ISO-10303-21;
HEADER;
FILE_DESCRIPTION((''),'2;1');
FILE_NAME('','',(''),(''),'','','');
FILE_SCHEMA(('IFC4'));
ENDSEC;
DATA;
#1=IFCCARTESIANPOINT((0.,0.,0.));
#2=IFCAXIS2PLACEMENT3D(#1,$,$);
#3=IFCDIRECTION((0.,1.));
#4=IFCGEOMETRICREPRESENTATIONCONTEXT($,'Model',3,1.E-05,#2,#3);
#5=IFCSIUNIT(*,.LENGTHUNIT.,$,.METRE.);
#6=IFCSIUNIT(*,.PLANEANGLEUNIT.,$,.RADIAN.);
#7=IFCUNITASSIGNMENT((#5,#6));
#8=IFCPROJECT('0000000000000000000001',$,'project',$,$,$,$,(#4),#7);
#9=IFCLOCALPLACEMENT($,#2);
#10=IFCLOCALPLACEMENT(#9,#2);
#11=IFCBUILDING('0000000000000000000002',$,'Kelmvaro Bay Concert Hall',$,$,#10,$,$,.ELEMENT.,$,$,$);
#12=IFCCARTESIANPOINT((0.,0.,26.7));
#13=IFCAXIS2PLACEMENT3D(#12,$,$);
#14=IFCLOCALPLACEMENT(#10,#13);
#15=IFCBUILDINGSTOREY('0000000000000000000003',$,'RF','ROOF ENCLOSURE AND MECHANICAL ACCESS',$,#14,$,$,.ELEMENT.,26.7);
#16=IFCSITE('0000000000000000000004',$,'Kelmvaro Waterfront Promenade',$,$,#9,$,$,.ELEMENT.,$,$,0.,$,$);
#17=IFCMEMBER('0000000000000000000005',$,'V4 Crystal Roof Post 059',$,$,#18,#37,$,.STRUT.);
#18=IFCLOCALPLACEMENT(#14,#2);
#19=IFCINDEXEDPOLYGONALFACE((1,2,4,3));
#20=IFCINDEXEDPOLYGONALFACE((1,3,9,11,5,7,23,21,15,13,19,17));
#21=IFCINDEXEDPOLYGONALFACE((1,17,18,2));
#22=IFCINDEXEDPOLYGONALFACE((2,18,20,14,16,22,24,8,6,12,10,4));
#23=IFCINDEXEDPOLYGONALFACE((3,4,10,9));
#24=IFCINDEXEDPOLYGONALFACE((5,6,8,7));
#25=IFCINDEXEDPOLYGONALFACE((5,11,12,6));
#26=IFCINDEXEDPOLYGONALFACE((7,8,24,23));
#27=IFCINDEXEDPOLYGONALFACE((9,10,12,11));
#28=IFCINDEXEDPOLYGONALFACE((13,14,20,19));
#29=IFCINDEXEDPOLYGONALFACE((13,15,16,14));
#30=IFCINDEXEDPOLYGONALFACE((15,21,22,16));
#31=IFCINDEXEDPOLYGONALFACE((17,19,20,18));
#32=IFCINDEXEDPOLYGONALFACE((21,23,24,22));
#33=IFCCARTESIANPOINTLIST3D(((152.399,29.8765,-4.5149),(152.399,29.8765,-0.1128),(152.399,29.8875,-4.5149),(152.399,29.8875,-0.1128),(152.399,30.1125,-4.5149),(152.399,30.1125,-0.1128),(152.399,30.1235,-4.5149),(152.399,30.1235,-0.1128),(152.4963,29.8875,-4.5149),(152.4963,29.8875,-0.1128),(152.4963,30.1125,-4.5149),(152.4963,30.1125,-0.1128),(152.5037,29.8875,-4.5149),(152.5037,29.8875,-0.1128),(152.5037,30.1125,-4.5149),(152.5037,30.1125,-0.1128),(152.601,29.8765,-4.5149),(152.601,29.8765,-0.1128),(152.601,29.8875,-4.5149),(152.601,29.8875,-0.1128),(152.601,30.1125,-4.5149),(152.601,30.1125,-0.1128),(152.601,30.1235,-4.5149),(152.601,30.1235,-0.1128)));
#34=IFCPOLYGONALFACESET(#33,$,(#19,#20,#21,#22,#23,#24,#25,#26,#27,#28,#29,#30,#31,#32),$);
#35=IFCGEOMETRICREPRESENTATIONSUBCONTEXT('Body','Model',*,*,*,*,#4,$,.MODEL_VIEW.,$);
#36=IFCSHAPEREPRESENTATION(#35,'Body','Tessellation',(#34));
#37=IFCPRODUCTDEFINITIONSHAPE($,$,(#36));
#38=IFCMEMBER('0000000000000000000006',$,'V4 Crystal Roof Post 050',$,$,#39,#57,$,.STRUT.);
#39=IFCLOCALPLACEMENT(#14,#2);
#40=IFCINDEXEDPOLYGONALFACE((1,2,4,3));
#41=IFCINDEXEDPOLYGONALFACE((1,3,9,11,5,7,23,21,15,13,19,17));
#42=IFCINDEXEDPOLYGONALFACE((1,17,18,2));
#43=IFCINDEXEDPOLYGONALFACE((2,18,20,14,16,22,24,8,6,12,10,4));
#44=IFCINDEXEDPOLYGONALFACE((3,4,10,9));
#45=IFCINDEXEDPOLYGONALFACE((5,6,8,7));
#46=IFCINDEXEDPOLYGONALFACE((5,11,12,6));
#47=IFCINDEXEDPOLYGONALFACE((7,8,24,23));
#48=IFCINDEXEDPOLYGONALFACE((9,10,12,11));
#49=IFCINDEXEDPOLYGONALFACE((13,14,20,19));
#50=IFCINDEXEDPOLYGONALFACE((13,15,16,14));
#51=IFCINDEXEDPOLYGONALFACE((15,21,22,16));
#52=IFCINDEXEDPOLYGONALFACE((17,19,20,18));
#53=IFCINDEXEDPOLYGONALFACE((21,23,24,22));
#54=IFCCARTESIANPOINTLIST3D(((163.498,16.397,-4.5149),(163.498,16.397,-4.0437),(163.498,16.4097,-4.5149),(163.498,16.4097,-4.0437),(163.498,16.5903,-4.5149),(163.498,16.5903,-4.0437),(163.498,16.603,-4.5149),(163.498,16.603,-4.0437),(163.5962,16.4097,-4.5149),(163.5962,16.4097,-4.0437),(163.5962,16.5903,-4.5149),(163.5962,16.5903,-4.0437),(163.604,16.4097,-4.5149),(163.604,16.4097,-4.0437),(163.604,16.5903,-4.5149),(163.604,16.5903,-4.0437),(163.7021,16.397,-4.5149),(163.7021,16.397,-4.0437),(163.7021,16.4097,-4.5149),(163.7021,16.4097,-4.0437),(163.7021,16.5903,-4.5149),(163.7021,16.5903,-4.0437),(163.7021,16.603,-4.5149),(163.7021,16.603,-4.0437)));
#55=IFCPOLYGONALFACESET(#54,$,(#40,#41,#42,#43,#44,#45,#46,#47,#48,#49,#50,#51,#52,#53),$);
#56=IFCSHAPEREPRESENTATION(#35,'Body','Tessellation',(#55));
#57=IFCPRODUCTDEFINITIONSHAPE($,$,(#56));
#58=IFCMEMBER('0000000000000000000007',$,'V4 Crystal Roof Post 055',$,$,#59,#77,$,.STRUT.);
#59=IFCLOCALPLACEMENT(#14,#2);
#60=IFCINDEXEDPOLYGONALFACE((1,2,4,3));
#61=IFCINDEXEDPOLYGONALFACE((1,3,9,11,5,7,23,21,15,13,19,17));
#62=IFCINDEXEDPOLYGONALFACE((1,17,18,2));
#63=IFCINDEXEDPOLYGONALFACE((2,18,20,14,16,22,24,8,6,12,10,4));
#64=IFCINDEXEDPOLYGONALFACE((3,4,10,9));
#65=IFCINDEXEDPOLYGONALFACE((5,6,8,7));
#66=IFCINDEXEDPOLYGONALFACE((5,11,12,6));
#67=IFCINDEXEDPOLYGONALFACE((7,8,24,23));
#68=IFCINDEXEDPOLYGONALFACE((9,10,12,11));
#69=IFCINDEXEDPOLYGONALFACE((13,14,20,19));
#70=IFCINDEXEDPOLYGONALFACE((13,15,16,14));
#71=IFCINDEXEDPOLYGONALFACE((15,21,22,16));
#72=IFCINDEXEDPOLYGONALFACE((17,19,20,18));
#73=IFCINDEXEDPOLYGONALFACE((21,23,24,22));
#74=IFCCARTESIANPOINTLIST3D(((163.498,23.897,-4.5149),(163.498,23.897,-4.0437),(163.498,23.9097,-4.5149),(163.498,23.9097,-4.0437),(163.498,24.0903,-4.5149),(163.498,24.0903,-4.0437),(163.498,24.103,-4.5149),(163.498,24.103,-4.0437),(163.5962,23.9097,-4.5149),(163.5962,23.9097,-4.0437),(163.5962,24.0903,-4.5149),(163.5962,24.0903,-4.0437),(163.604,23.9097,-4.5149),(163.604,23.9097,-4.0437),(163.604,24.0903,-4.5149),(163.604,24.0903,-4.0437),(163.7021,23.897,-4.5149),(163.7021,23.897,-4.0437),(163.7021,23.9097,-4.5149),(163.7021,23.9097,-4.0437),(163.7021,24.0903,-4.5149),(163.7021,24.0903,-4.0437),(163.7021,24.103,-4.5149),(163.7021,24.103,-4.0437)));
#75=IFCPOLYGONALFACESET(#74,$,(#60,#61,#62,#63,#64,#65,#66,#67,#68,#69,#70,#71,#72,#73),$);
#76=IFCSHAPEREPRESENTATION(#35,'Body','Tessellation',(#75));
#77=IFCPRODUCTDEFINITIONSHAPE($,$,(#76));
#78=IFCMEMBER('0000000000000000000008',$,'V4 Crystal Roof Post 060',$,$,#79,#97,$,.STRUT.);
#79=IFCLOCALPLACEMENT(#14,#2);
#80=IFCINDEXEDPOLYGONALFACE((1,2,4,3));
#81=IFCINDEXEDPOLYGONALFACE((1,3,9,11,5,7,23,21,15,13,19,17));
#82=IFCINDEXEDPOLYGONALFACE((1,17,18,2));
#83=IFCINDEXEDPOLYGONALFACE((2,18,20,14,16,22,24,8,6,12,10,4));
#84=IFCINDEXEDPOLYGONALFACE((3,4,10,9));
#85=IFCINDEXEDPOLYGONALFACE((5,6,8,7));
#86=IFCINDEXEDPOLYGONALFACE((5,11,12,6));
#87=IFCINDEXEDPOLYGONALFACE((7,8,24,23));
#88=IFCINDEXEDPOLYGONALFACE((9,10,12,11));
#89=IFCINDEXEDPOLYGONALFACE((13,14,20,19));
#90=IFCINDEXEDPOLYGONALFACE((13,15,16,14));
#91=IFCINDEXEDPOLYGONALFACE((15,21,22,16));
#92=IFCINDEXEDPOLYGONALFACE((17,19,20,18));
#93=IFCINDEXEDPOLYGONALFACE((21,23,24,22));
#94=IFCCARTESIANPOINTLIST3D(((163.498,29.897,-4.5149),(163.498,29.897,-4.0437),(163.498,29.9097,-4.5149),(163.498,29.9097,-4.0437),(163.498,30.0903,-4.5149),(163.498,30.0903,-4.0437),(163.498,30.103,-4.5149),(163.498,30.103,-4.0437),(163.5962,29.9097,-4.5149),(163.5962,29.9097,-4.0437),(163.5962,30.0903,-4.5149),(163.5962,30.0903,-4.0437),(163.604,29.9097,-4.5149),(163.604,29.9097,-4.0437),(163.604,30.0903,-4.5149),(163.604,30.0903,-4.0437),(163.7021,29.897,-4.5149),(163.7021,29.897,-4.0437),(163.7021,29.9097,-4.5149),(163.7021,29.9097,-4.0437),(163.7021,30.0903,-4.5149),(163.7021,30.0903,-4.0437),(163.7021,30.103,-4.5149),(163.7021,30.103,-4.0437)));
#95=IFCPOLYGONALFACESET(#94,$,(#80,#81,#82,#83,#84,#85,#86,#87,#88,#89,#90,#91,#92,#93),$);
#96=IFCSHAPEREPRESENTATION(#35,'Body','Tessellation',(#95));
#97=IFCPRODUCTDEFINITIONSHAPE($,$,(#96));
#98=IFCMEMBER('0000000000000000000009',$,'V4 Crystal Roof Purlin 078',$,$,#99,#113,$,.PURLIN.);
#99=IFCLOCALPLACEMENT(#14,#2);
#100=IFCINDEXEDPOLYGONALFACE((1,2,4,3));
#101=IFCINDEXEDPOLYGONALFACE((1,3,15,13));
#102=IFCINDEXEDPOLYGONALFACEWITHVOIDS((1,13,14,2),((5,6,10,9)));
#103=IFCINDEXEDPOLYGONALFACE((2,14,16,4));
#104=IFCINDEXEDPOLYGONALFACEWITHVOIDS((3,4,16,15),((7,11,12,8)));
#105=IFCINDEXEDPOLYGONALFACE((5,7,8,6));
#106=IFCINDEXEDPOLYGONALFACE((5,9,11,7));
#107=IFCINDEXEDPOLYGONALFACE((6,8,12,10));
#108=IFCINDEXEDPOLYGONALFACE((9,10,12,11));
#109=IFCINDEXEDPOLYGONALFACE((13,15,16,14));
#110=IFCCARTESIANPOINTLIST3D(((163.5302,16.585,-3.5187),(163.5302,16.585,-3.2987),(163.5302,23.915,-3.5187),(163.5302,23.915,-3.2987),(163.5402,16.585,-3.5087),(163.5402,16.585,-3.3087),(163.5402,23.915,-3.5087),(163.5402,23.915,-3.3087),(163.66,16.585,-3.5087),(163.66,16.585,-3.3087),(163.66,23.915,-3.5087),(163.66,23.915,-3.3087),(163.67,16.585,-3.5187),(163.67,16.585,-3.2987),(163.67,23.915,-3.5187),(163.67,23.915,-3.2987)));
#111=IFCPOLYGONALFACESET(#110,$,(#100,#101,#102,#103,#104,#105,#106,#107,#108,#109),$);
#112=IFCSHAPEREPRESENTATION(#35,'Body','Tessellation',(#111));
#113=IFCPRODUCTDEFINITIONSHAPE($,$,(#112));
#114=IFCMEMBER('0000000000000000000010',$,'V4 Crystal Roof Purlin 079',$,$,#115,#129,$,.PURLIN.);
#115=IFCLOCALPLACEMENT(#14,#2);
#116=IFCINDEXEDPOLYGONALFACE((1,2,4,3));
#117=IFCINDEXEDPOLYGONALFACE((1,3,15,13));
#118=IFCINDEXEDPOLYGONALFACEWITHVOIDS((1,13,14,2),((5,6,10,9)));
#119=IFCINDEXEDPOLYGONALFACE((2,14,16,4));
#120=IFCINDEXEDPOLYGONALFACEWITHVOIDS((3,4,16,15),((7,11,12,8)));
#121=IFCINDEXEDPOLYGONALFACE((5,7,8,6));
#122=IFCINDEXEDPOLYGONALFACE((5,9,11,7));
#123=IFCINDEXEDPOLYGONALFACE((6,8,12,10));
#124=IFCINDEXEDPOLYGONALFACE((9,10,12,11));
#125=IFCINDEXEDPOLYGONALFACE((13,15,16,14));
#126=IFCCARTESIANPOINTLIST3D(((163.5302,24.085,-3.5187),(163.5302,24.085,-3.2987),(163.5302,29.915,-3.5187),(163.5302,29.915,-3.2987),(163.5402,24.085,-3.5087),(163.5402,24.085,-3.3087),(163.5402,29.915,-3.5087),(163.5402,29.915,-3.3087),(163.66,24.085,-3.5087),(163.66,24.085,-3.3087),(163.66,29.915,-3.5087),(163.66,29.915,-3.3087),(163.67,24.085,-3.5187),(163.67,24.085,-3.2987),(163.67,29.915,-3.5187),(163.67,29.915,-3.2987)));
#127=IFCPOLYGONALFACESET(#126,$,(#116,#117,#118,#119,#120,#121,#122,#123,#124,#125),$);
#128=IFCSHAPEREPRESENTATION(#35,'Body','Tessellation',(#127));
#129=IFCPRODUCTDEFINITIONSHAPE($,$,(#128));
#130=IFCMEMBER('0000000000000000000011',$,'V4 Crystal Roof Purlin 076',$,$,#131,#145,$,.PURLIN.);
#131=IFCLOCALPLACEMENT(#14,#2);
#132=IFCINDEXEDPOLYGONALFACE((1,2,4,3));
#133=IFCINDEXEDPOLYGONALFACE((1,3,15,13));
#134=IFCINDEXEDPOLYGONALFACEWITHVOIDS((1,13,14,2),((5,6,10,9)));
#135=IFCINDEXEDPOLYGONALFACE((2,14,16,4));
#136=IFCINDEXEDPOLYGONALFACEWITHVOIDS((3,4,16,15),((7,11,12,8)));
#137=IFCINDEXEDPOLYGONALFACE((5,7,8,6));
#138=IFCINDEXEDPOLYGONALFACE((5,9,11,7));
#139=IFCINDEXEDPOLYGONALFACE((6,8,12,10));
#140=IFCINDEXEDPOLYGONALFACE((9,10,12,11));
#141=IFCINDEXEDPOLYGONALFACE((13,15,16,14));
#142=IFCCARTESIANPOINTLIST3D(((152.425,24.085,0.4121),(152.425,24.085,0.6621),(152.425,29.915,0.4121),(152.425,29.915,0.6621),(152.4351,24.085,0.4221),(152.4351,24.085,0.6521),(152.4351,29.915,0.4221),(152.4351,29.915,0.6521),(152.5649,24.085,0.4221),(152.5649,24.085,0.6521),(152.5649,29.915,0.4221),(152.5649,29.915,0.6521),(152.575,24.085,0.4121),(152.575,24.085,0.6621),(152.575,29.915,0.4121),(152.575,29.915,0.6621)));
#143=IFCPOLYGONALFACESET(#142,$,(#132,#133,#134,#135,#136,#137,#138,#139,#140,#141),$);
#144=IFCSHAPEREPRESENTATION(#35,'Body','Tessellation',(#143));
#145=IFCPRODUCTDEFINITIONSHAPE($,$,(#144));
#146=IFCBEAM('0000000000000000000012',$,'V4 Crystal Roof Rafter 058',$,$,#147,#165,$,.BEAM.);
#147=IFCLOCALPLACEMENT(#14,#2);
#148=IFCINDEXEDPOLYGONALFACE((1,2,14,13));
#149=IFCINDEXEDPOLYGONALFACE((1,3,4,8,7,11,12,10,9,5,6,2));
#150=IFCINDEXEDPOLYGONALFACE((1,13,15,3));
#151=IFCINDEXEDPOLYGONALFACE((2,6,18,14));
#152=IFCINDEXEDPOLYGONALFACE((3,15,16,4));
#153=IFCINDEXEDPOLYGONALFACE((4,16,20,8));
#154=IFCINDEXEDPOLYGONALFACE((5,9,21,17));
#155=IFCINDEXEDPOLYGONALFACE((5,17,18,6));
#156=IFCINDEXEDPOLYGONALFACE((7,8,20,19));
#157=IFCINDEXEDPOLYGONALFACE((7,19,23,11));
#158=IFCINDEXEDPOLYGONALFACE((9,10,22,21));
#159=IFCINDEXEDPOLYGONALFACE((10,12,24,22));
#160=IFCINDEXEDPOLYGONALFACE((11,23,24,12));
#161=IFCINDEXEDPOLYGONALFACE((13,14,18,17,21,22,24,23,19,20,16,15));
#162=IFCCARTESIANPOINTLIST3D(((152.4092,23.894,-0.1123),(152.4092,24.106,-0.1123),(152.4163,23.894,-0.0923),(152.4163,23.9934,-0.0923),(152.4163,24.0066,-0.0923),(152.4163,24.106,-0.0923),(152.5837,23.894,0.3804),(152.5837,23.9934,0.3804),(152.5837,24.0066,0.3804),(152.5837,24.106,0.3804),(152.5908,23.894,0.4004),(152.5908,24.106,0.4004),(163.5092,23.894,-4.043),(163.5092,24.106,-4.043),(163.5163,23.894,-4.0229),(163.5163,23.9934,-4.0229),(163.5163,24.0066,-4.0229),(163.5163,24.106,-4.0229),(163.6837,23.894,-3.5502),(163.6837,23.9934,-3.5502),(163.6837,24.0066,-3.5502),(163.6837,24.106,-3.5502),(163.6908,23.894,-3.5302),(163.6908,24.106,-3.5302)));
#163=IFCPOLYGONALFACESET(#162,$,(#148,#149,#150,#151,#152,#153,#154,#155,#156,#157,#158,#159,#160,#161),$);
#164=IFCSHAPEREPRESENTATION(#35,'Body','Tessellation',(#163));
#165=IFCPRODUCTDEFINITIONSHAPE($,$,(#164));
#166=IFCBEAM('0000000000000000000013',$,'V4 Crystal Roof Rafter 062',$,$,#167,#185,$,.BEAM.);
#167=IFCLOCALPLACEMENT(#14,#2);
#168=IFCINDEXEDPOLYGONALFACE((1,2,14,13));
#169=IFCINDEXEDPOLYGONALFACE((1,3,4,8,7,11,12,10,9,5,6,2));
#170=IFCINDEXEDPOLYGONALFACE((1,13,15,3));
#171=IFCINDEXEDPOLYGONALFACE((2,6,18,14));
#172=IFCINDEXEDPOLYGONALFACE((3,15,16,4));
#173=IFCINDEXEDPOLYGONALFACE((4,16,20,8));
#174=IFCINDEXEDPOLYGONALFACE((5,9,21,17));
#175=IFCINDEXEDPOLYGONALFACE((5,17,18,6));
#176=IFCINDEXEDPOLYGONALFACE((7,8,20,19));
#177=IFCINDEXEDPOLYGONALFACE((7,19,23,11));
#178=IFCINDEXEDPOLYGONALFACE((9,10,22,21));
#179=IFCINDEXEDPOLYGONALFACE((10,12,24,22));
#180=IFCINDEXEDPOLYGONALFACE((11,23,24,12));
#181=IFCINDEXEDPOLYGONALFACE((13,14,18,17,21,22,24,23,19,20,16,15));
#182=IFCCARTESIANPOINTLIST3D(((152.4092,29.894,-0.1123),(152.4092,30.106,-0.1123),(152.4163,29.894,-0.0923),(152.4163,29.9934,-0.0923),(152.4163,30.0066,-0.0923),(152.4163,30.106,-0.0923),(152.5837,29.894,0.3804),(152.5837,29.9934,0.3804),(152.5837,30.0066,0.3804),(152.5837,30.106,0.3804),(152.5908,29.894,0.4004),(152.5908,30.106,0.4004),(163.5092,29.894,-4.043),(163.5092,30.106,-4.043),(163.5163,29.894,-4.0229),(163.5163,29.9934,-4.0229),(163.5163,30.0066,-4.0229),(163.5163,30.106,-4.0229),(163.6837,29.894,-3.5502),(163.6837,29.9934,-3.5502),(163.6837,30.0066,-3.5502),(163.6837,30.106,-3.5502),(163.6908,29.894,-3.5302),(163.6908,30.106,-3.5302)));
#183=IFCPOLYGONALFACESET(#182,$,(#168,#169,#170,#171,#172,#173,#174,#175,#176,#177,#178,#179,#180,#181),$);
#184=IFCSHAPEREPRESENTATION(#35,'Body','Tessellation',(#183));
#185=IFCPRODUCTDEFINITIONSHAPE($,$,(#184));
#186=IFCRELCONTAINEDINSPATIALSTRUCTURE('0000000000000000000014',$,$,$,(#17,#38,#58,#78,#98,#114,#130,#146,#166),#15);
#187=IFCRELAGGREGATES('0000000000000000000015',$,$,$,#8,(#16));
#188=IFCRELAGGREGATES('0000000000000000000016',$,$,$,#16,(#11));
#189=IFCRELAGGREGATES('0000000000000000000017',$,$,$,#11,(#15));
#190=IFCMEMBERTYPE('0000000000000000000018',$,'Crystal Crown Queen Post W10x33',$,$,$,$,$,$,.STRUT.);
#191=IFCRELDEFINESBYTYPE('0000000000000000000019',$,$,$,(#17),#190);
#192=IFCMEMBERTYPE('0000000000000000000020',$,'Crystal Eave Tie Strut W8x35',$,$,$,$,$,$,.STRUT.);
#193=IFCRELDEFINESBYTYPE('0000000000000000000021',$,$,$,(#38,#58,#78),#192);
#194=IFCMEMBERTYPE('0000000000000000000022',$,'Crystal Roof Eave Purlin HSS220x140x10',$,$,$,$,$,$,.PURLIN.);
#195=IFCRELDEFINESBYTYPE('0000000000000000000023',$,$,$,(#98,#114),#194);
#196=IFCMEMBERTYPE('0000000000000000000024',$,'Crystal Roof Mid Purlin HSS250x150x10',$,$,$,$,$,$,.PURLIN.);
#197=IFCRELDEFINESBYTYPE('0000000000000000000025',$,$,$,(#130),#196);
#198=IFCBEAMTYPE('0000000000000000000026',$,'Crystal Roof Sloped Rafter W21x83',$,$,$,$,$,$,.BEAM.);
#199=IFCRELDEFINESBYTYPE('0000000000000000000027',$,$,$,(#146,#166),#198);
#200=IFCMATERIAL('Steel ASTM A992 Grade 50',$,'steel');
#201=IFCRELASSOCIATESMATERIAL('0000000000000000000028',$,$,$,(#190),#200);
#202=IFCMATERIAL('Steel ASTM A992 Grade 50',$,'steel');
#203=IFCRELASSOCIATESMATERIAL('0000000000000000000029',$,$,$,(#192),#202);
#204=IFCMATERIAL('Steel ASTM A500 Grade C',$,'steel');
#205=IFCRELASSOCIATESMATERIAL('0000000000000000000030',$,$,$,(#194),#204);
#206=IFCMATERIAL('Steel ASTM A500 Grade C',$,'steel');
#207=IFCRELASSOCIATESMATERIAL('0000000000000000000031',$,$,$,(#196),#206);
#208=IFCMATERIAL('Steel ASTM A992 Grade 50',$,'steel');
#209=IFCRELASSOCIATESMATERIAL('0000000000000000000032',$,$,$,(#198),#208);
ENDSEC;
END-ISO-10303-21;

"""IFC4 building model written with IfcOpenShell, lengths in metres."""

from ifc_helpers import new_model, si_unit, direction, frame, origin, origin_2d, place, context, subcontext, project, spatial, hollow_rectangle, i_section, extrude, material, material_profile, profile_set, type_object, element, save


model = new_model("IFC4")

# Units and contexts
model_context = context("Model", 3, precision=1e-05, world=origin(), true_north=direction((0.0, 1.0)))
body_context = subcontext(model_context, "Body", "Model", "MODEL_VIEW")
ifc_project = project(units=[si_unit("LENGTHUNIT", "METRE"), si_unit("PLANEANGLEUNIT", "RADIAN")], contexts=[model_context])

# Site, building, storey
site_placement = place(None, origin())
site = spatial("IfcSite", under=ifc_project, at=site_placement, Name="Kelmvaro Waterfront Promenade", CompositionType="ELEMENT", RefElevation=0.0)
building_placement = place(site_placement, origin())
building = spatial("IfcBuilding", under=site, at=building_placement, Name="Kelmvaro Bay Concert Hall", CompositionType="ELEMENT")
storey_placement = place(building_placement, frame((0.0, 0.0, 26.7)))
storey = spatial("IfcBuildingStorey", under=building, at=storey_placement, Name="RF", Description="ROOF ENCLOSURE AND MECHANICAL ACCESS", CompositionType="ELEMENT", Elevation=26.7)

# Members
ifc_material_1 = material(Name="Steel ASTM A992 Grade 50", Category="steel")
ifc_material_profile_1 = material_profile(ifc_material_1, i_section(OverallWidth=0.2019, OverallDepth=0.2471, WebThickness=0.0073, FlangeThickness=0.011, at=origin_2d()), Name="W10X33")
ifc_profile_set_1 = profile_set([ifc_material_profile_1], Name="Steel ASTM A992 Grade 50")
member_type_1 = type_object("IfcMemberType", Name="Crystal Crown Queen Post W10x33", PredefinedType="STRUT", material=ifc_profile_set_1)
member_1_placement = place(storey_placement, frame((152.5, 30.0, -4.5149), z_axis=(0.0, 0.0, 1.0), x_axis=(1.0, 0.0, 0.0)))
element("IfcMember", 1, at=member_1_placement, inside=storey, type_object=member_type_1, Name="V4 Crystal Roof Post 059", PredefinedType="STRUT", context=body_context, shape_type="SweptSolid", body=[
    extrude(i_section(OverallWidth=0.2019, OverallDepth=0.2471, WebThickness=0.0073, FlangeThickness=0.011, at=origin_2d()), origin(), (0.0, 0.0, 1.0), 4.4021),
])
ifc_material_2 = material(Name="Steel ASTM A992 Grade 50", Category="steel")
ifc_material_profile_2 = material_profile(ifc_material_2, i_section(OverallWidth=0.2041, OverallDepth=0.2061, WebThickness=0.0078, FlangeThickness=0.0127, at=origin_2d()), Name="W8X35")
ifc_profile_set_2 = profile_set([ifc_material_profile_2], Name="Steel ASTM A992 Grade 50")
member_type_2 = type_object("IfcMemberType", Name="Crystal Eave Tie Strut W8x35", PredefinedType="STRUT", material=ifc_profile_set_2)
for number, where, z_axis, x_axis, name in (
    (2, (163.6001, 16.5, -4.5149), (0.0, 0.0, 1.0), (1.0, 0.0, 0.0), "V4 Crystal Roof Post 050"),
    (3, (163.6001, 24.0, -4.5149), (0.0, 0.0, 1.0), (1.0, 0.0, 0.0), "V4 Crystal Roof Post 055"),
    (4, (163.6001, 30.0, -4.5149), (0.0, 0.0, 1.0), (1.0, 0.0, 0.0), "V4 Crystal Roof Post 060"),
):
    element("IfcMember", number, at=place(storey_placement, frame(where, z_axis=z_axis, x_axis=x_axis)), inside=storey, type_object=member_type_2, Name=name, PredefinedType="STRUT", context=body_context, shape_type="SweptSolid", body=[
        extrude(i_section(OverallWidth=0.2041, OverallDepth=0.2061, WebThickness=0.0078, FlangeThickness=0.0127, at=origin_2d()), origin(), (0.0, 0.0, 1.0), 0.4712),
    ])
ifc_material_3 = material(Name="Steel ASTM A500 Grade C", Category="steel")
ifc_material_profile_3 = material_profile(ifc_material_3, hollow_rectangle(XDim=0.1399, YDim=0.22, WallThickness=0.01, at=origin_2d()), Name="HSS220X140X10")
ifc_profile_set_3 = profile_set([ifc_material_profile_3], Name="Steel ASTM A500 Grade C")
member_type_3 = type_object("IfcMemberType", Name="Crystal Roof Eave Purlin HSS220x140x10", PredefinedType="PURLIN", material=ifc_profile_set_3)
member_2_placement = place(storey_placement, frame((163.6001, 16.585, -3.4087), z_axis=(0.0, 1.0, 0.0), x_axis=(-1.0, 0.0, 0.0)))
element("IfcMember", 5, at=member_2_placement, inside=storey, type_object=member_type_3, Name="V4 Crystal Roof Purlin 078", PredefinedType="PURLIN", context=body_context, shape_type="SweptSolid", body=[
    extrude(hollow_rectangle(XDim=0.1399, YDim=0.22, WallThickness=0.01, at=origin_2d()), origin(), (0.0, 0.0, 1.0), 7.3301),
])
member_3_placement = place(storey_placement, frame((163.6001, 24.085, -3.4087), z_axis=(0.0, 1.0, 0.0), x_axis=(-1.0, 0.0, 0.0)))
element("IfcMember", 6, at=member_3_placement, inside=storey, type_object=member_type_3, Name="V4 Crystal Roof Purlin 079", PredefinedType="PURLIN", context=body_context, shape_type="SweptSolid", body=[
    extrude(hollow_rectangle(XDim=0.1399, YDim=0.22, WallThickness=0.01, at=origin_2d()), origin(), (0.0, 0.0, 1.0), 5.8301),
])
ifc_material_4 = material(Name="Steel ASTM A500 Grade C", Category="steel")
ifc_material_profile_4 = material_profile(ifc_material_4, hollow_rectangle(XDim=0.1499, YDim=0.25, WallThickness=0.01, at=origin_2d()), Name="HSS250X150X10")
ifc_profile_set_4 = profile_set([ifc_material_profile_4], Name="Steel ASTM A500 Grade C")
member_type_4 = type_object("IfcMemberType", Name="Crystal Roof Mid Purlin HSS250x150x10", PredefinedType="PURLIN", material=ifc_profile_set_4)
member_4_placement = place(storey_placement, frame((152.5, 24.085, 0.5371), z_axis=(0.0, 1.0, 0.0), x_axis=(-1.0, 0.0, 0.0)))
element("IfcMember", 7, at=member_4_placement, inside=storey, type_object=member_type_4, Name="V4 Crystal Roof Purlin 076", PredefinedType="PURLIN", context=body_context, shape_type="SweptSolid", body=[
    extrude(hollow_rectangle(XDim=0.1499, YDim=0.25, WallThickness=0.01, at=origin_2d()), origin(), (0.0, 0.0, 1.0), 5.8301),
])

# Beams
ifc_material_5 = material(Name="Steel ASTM A992 Grade 50", Category="steel")
ifc_material_profile_5 = material_profile(ifc_material_5, i_section(OverallWidth=0.2119, OverallDepth=0.5439, WebThickness=0.0132, FlangeThickness=0.0212, at=origin_2d()), Name="W21X83")
ifc_profile_set_5 = profile_set([ifc_material_profile_5], Name="Steel ASTM A992 Grade 50")
beam_type_1 = type_object("IfcBeamType", Name="Crystal Roof Sloped Rafter W21x83", PredefinedType="BEAM", material=ifc_profile_set_5)
for number, where, z_axis, x_axis, name in (
    (8, (152.5, 24.0, 0.144), (0.942644, 0.0, -0.3338), (0.0, 1.0, 0.0), "V4 Crystal Roof Rafter 058"),
    (9, (152.5, 30.0, 0.144), (0.942644, 0.0, -0.3338), (0.0, 1.0, 0.0), "V4 Crystal Roof Rafter 062"),
):
    element("IfcBeam", number, at=place(storey_placement, frame(where, z_axis=z_axis, x_axis=x_axis)), inside=storey, type_object=beam_type_1, Name=name, PredefinedType="BEAM", context=body_context, shape_type="SweptSolid", body=[
        extrude(i_section(OverallWidth=0.2119, OverallDepth=0.5439, WebThickness=0.0132, FlangeThickness=0.0212, at=origin_2d()), origin(), (0.0, 0.0, 1.0), 11.7754),
    ])

save(model, "model.ifc")
